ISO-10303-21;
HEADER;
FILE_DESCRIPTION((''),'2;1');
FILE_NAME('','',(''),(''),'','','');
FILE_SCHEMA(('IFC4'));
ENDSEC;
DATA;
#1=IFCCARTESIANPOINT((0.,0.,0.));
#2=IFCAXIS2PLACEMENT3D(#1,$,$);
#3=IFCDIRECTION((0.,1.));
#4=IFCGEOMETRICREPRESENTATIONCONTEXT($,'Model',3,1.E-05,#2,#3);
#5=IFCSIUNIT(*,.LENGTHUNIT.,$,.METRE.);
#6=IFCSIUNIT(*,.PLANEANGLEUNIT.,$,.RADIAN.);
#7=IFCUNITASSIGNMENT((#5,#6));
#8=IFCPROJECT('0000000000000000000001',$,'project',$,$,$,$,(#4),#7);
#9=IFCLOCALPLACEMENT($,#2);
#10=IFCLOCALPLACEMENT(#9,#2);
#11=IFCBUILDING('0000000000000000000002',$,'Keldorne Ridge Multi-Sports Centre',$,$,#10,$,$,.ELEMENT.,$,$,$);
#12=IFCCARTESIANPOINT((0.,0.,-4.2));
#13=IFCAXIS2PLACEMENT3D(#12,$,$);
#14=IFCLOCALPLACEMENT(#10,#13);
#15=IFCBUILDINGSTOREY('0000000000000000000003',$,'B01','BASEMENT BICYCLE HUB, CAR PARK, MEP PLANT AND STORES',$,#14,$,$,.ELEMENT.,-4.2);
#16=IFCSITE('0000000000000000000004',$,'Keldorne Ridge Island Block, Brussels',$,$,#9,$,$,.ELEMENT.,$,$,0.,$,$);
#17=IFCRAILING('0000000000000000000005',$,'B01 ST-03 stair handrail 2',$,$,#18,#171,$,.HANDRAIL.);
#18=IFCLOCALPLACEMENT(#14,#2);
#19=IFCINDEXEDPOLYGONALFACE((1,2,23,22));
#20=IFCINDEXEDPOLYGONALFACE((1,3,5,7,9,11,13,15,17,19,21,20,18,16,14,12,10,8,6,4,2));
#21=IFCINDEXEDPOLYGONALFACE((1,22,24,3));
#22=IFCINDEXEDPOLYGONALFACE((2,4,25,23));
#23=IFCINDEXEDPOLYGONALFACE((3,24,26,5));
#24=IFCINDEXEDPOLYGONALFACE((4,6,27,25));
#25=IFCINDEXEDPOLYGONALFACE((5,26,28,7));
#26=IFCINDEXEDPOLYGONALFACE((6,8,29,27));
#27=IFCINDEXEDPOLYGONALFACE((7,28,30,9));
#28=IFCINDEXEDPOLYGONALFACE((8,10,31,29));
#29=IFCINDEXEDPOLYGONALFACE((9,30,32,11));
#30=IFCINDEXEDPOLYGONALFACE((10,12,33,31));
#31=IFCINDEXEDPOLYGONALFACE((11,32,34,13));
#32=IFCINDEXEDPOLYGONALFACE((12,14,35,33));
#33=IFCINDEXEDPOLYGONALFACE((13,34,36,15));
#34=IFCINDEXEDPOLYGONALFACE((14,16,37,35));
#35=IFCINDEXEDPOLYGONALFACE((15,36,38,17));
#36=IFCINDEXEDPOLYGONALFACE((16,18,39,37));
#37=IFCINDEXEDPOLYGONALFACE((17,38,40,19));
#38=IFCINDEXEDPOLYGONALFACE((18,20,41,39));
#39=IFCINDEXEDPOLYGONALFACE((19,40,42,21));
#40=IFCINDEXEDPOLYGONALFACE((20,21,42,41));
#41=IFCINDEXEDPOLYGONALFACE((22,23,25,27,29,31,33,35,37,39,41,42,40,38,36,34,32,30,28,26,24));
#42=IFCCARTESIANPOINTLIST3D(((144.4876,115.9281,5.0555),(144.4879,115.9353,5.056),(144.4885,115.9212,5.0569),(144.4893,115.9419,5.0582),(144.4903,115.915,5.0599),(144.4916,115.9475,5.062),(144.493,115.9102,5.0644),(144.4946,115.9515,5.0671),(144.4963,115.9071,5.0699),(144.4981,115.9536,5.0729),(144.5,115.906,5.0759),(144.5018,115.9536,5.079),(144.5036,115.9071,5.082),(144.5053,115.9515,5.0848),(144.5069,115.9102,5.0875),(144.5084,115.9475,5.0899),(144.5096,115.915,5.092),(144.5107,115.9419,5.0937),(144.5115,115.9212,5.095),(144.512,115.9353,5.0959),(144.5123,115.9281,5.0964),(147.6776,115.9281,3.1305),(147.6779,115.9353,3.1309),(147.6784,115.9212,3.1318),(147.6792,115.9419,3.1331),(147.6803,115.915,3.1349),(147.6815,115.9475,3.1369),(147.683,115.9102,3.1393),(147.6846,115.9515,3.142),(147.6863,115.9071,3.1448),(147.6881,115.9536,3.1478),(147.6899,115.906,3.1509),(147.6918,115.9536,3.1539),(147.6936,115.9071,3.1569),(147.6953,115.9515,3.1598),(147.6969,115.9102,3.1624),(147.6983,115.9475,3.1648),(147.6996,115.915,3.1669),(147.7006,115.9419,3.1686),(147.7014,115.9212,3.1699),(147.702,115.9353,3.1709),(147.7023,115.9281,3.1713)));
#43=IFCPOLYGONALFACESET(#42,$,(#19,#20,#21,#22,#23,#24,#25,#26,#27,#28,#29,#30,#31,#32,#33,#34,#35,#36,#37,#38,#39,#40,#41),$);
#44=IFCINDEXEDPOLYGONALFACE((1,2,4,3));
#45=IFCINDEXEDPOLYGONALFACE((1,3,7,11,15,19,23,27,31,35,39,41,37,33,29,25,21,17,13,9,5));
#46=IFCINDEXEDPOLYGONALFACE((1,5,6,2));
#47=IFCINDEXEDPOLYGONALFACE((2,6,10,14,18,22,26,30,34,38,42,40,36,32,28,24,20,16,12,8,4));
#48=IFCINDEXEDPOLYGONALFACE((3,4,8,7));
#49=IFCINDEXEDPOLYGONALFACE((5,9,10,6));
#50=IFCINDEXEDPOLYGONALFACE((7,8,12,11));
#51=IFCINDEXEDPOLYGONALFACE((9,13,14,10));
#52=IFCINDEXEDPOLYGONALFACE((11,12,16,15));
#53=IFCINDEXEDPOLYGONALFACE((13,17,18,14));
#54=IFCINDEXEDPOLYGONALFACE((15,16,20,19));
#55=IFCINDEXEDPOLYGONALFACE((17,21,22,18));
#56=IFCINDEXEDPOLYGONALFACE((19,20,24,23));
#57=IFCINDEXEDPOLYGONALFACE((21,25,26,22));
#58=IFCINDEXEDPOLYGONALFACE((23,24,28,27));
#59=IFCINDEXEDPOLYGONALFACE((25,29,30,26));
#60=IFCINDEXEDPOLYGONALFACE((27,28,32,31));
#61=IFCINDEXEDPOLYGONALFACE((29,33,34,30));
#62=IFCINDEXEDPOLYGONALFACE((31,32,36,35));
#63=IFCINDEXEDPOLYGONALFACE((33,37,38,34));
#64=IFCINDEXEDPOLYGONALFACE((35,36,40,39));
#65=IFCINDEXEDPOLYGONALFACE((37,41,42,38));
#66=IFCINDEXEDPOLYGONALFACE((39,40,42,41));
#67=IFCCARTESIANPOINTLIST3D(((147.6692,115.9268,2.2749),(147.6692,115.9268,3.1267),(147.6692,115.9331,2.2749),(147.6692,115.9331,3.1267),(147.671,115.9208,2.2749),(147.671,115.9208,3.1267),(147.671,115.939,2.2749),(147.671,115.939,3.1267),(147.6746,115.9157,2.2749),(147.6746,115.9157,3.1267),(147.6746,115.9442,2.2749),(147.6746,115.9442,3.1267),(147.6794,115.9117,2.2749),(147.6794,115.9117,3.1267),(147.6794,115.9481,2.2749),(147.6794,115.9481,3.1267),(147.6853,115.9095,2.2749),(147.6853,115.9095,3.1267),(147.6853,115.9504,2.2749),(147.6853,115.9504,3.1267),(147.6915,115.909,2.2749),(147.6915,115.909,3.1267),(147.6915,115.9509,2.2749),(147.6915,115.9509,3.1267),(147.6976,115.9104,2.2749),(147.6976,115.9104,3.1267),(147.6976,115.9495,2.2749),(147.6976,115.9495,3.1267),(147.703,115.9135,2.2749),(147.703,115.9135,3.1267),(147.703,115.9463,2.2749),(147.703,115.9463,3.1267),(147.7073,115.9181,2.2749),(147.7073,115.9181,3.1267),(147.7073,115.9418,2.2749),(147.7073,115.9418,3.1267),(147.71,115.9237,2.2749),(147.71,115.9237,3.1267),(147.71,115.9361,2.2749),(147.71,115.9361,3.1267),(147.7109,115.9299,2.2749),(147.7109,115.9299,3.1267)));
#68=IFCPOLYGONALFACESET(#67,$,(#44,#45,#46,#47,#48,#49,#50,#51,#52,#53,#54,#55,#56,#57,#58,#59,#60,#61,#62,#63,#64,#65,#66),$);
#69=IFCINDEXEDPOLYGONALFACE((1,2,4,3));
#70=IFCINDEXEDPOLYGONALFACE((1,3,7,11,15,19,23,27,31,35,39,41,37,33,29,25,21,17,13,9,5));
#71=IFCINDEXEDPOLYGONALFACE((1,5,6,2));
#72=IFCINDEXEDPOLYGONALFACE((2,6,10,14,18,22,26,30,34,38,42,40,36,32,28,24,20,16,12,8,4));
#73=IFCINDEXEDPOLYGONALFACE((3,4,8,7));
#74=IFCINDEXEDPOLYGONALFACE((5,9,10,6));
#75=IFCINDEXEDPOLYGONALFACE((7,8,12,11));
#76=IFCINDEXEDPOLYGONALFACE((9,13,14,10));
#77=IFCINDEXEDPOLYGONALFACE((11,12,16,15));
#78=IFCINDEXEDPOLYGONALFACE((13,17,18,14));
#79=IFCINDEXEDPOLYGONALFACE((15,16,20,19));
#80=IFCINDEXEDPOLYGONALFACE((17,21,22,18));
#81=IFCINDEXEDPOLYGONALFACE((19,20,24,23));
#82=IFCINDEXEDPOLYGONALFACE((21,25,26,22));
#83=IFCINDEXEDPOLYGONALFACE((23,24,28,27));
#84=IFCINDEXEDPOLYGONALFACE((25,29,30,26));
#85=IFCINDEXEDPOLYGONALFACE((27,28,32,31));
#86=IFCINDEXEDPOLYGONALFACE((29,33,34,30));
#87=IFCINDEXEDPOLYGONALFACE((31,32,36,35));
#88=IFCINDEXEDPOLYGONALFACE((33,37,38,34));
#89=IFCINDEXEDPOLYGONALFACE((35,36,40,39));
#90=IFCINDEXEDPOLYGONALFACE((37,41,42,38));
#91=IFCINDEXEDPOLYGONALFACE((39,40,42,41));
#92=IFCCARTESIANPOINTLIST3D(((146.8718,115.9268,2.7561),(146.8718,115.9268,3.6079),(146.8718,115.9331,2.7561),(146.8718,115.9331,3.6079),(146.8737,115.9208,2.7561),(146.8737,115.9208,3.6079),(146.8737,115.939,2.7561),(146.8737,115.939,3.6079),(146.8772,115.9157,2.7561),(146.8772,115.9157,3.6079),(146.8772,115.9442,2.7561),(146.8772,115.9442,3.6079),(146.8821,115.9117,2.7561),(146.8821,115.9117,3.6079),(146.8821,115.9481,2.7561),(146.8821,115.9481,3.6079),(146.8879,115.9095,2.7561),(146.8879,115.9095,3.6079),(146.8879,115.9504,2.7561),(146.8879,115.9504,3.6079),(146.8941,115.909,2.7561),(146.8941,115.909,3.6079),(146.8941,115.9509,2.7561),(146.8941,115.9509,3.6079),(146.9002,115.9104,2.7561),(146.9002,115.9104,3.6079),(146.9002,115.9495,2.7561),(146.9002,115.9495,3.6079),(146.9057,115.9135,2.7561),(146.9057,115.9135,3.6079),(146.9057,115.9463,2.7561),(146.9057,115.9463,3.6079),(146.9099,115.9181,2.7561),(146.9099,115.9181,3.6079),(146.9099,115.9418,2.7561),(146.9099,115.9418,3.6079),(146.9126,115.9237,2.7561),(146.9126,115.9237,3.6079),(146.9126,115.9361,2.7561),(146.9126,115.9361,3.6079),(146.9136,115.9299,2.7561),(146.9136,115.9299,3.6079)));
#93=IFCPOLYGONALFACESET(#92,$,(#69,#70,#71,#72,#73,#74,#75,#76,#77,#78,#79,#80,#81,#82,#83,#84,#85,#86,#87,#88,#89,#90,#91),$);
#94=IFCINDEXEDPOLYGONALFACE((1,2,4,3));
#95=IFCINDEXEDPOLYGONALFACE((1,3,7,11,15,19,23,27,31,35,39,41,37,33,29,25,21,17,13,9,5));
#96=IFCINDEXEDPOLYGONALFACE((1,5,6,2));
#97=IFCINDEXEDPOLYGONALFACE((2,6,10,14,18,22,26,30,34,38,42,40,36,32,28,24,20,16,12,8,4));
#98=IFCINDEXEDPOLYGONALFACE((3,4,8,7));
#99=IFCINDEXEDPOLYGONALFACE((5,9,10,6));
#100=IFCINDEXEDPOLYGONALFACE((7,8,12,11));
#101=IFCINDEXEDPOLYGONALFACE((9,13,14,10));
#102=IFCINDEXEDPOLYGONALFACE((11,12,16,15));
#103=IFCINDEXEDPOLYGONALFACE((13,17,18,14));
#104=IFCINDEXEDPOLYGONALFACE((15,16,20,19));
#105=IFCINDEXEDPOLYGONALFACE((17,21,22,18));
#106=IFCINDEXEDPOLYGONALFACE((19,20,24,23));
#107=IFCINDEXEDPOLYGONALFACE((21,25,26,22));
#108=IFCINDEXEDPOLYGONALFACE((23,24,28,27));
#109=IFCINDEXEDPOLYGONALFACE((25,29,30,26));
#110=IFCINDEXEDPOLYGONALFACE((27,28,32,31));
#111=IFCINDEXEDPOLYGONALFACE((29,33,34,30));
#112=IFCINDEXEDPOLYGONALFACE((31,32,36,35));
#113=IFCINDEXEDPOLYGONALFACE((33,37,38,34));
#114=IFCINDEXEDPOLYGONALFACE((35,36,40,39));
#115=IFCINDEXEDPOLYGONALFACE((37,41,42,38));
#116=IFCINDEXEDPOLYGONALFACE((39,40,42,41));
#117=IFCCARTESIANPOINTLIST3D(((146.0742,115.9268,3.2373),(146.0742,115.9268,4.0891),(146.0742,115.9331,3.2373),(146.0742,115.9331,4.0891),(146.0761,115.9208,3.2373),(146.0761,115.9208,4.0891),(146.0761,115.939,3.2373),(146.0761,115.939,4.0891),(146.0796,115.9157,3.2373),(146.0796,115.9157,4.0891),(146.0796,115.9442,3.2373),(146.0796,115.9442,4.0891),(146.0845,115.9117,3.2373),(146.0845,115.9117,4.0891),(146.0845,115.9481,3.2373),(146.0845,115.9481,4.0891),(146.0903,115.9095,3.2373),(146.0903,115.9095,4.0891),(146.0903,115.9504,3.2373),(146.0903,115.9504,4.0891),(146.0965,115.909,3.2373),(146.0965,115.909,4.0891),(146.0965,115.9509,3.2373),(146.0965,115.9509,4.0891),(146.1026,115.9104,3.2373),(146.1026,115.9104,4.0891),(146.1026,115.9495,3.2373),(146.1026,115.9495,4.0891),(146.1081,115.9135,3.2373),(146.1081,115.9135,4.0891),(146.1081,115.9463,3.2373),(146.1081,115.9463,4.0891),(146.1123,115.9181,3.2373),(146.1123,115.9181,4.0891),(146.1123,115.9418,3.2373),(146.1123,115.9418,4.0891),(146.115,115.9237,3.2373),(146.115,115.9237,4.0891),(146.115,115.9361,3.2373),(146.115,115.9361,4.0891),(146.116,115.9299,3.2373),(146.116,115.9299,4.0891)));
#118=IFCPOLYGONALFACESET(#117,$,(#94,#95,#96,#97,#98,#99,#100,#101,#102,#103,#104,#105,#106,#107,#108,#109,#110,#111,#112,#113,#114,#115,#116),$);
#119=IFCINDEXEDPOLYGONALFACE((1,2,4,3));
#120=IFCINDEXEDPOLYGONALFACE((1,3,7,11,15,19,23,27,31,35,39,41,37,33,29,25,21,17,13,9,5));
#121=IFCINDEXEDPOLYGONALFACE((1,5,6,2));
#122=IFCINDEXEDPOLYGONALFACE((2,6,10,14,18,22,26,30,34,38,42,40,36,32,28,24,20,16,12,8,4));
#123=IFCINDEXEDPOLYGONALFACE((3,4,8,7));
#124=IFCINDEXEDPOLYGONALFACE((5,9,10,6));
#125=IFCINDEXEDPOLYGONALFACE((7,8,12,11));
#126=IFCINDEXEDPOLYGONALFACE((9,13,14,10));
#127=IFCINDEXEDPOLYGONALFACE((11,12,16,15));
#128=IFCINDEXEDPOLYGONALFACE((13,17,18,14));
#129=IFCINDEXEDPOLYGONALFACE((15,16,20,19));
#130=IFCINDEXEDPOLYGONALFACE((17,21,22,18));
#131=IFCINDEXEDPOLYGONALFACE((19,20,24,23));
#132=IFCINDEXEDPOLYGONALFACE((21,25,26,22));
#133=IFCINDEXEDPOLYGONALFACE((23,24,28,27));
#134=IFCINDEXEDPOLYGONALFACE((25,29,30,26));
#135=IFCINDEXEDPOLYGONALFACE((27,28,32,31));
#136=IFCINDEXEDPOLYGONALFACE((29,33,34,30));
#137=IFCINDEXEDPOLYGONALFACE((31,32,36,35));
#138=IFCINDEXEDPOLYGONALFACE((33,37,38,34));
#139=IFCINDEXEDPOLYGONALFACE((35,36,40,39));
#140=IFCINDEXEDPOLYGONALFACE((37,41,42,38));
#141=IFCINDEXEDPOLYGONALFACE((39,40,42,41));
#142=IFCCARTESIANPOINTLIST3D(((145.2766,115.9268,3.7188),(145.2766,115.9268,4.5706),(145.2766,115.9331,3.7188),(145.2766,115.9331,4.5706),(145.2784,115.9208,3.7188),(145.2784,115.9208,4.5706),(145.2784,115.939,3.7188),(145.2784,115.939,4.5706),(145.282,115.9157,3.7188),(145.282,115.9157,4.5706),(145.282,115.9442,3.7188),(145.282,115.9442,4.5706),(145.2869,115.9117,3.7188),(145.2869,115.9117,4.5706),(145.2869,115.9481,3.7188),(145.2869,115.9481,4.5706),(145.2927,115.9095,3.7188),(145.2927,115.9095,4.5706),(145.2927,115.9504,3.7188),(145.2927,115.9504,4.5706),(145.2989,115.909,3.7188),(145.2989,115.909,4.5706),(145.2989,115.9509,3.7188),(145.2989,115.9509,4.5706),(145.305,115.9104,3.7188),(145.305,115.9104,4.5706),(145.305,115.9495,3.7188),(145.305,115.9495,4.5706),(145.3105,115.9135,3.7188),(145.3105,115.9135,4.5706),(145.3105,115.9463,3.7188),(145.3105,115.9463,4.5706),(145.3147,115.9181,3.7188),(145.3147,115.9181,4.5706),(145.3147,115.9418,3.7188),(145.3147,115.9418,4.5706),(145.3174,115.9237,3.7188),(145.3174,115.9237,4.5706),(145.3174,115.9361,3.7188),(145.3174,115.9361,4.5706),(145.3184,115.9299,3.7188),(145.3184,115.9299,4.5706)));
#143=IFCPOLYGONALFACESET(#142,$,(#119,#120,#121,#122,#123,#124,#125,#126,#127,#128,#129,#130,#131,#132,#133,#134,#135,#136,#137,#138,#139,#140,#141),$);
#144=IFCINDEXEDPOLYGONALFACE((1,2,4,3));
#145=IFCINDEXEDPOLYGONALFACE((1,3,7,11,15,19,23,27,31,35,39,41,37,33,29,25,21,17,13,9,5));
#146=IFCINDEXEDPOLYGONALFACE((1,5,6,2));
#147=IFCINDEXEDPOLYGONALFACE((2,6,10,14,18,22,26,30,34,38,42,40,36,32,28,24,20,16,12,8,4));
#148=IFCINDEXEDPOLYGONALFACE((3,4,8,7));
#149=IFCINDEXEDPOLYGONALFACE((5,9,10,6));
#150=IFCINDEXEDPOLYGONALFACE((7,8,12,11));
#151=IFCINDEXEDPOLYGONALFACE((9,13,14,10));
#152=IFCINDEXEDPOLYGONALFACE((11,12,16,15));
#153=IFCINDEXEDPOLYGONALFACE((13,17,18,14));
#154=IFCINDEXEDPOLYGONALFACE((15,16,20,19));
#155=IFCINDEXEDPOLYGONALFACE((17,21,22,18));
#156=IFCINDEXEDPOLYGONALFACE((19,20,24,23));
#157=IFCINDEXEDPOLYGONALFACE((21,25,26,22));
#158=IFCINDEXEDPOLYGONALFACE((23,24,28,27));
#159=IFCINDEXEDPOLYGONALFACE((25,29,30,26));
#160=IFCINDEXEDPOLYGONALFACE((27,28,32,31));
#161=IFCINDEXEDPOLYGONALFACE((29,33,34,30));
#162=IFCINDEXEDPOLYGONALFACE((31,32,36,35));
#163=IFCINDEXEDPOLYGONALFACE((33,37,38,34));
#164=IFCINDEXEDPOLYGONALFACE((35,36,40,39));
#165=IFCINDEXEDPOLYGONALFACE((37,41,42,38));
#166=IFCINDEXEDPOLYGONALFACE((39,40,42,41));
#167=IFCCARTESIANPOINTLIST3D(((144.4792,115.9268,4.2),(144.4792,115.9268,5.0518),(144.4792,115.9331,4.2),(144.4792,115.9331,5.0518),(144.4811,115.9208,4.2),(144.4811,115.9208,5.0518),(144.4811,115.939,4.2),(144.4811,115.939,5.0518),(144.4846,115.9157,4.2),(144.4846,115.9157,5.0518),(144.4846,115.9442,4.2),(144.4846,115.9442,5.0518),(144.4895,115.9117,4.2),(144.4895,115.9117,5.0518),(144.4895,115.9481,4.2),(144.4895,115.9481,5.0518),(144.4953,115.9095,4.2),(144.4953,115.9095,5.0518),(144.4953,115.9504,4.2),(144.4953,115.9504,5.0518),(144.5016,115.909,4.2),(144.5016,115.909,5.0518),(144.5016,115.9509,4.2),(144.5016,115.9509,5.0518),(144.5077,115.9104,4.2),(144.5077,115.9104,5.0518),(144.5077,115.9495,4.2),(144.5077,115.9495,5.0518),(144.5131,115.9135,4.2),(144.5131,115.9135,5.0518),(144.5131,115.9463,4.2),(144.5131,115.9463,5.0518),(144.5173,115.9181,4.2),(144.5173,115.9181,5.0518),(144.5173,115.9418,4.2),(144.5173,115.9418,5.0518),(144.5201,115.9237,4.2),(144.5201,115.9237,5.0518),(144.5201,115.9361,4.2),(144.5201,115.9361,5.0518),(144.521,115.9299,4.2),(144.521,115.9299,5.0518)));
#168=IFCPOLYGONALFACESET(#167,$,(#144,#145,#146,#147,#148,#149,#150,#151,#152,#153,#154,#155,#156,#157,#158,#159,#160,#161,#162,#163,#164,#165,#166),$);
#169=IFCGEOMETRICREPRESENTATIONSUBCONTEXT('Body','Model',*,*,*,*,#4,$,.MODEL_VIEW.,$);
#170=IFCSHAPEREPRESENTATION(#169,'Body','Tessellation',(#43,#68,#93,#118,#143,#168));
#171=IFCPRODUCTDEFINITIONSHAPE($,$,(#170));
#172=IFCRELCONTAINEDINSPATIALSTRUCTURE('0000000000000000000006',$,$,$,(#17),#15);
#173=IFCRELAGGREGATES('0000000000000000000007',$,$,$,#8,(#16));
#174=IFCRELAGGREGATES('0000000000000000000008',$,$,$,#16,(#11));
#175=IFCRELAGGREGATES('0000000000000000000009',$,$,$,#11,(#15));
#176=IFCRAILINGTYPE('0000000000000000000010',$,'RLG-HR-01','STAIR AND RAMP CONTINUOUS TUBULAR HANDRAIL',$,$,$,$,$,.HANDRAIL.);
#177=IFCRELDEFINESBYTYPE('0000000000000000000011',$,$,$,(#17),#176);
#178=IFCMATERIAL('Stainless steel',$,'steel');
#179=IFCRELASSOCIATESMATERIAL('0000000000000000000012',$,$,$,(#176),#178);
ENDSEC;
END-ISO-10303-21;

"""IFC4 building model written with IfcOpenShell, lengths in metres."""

from ifc_helpers import new_model, si_unit, direction, frame, origin, origin_2d, place, context, subcontext, project, spatial, circle, extrude, material, type_object, element, save


model = new_model("IFC4")

# Units and contexts
model_context = context("Model", 3, precision=1e-05, world=origin(), true_north=direction((0.0, 1.0)))
body_context = subcontext(model_context, "Body", "Model", "MODEL_VIEW")
ifc_project = project(units=[si_unit("LENGTHUNIT", "METRE"), si_unit("PLANEANGLEUNIT", "RADIAN")], contexts=[model_context])

# Site, building, storey
site_placement = place(None, origin())
site = spatial("IfcSite", under=ifc_project, at=site_placement, Name="Keldorne Ridge Island Block, Brussels", CompositionType="ELEMENT", RefElevation=0.0)
building_placement = place(site_placement, origin())
building = spatial("IfcBuilding", under=site, at=building_placement, Name="Keldorne Ridge Multi-Sports Centre", CompositionType="ELEMENT")
storey_placement = place(building_placement, frame((0.0, 0.0, -4.2)))
storey = spatial("IfcBuildingStorey", under=building, at=storey_placement, Name="B01", Description="BASEMENT BICYCLE HUB, CAR PARK, MEP PLANT AND STORES", CompositionType="ELEMENT", Elevation=-4.2)

# Railing
ifc_material_1 = material(Name="Stainless steel", Category="steel")
railing_type_1 = type_object("IfcRailingType", Name="RLG-HR-01", Description="STAIR AND RAMP CONTINUOUS TUBULAR HANDRAIL", PredefinedType="HANDRAIL", material=ifc_material_1)
railing_1_placement = place(storey_placement, frame((147.6899, 115.9299, 2.2749)))
element("IfcRailing", 1, at=railing_1_placement, inside=storey, type_object=railing_type_1, Name="B01 ST-03 stair handrail 2", PredefinedType="HANDRAIL", context=body_context, shape_type="SweptSolid", body=[
    extrude(circle(Radius=0.0239, at=origin_2d()), frame((0.0, 0.0, 0.876), z_axis=(-0.856178, 0.0, 0.516682), x_axis=(0.0, -1.0, 0.0)), (0.0, 0.0, 1.0), 3.7258),
    extrude(circle(Radius=0.021, at=origin_2d()), origin(), (0.0, 0.0, 1.0), 0.8518),
    extrude(circle(Radius=0.021, at=origin_2d()), frame((-0.7974, 0.0, 0.4812)), (0.0, 0.0, 1.0), 0.8518),
    extrude(circle(Radius=0.021, at=origin_2d()), frame((-1.595, 0.0, 0.9624)), (0.0, 0.0, 1.0), 0.8518),
    extrude(circle(Radius=0.021, at=origin_2d()), frame((-2.3926, 0.0, 1.4438)), (0.0, 0.0, 1.0), 0.8518),
    extrude(circle(Radius=0.021, at=origin_2d()), frame((-3.1899, 0.0, 1.925)), (0.0, 0.0, 1.0), 0.8518),
])

save(model, "model.ifc")
